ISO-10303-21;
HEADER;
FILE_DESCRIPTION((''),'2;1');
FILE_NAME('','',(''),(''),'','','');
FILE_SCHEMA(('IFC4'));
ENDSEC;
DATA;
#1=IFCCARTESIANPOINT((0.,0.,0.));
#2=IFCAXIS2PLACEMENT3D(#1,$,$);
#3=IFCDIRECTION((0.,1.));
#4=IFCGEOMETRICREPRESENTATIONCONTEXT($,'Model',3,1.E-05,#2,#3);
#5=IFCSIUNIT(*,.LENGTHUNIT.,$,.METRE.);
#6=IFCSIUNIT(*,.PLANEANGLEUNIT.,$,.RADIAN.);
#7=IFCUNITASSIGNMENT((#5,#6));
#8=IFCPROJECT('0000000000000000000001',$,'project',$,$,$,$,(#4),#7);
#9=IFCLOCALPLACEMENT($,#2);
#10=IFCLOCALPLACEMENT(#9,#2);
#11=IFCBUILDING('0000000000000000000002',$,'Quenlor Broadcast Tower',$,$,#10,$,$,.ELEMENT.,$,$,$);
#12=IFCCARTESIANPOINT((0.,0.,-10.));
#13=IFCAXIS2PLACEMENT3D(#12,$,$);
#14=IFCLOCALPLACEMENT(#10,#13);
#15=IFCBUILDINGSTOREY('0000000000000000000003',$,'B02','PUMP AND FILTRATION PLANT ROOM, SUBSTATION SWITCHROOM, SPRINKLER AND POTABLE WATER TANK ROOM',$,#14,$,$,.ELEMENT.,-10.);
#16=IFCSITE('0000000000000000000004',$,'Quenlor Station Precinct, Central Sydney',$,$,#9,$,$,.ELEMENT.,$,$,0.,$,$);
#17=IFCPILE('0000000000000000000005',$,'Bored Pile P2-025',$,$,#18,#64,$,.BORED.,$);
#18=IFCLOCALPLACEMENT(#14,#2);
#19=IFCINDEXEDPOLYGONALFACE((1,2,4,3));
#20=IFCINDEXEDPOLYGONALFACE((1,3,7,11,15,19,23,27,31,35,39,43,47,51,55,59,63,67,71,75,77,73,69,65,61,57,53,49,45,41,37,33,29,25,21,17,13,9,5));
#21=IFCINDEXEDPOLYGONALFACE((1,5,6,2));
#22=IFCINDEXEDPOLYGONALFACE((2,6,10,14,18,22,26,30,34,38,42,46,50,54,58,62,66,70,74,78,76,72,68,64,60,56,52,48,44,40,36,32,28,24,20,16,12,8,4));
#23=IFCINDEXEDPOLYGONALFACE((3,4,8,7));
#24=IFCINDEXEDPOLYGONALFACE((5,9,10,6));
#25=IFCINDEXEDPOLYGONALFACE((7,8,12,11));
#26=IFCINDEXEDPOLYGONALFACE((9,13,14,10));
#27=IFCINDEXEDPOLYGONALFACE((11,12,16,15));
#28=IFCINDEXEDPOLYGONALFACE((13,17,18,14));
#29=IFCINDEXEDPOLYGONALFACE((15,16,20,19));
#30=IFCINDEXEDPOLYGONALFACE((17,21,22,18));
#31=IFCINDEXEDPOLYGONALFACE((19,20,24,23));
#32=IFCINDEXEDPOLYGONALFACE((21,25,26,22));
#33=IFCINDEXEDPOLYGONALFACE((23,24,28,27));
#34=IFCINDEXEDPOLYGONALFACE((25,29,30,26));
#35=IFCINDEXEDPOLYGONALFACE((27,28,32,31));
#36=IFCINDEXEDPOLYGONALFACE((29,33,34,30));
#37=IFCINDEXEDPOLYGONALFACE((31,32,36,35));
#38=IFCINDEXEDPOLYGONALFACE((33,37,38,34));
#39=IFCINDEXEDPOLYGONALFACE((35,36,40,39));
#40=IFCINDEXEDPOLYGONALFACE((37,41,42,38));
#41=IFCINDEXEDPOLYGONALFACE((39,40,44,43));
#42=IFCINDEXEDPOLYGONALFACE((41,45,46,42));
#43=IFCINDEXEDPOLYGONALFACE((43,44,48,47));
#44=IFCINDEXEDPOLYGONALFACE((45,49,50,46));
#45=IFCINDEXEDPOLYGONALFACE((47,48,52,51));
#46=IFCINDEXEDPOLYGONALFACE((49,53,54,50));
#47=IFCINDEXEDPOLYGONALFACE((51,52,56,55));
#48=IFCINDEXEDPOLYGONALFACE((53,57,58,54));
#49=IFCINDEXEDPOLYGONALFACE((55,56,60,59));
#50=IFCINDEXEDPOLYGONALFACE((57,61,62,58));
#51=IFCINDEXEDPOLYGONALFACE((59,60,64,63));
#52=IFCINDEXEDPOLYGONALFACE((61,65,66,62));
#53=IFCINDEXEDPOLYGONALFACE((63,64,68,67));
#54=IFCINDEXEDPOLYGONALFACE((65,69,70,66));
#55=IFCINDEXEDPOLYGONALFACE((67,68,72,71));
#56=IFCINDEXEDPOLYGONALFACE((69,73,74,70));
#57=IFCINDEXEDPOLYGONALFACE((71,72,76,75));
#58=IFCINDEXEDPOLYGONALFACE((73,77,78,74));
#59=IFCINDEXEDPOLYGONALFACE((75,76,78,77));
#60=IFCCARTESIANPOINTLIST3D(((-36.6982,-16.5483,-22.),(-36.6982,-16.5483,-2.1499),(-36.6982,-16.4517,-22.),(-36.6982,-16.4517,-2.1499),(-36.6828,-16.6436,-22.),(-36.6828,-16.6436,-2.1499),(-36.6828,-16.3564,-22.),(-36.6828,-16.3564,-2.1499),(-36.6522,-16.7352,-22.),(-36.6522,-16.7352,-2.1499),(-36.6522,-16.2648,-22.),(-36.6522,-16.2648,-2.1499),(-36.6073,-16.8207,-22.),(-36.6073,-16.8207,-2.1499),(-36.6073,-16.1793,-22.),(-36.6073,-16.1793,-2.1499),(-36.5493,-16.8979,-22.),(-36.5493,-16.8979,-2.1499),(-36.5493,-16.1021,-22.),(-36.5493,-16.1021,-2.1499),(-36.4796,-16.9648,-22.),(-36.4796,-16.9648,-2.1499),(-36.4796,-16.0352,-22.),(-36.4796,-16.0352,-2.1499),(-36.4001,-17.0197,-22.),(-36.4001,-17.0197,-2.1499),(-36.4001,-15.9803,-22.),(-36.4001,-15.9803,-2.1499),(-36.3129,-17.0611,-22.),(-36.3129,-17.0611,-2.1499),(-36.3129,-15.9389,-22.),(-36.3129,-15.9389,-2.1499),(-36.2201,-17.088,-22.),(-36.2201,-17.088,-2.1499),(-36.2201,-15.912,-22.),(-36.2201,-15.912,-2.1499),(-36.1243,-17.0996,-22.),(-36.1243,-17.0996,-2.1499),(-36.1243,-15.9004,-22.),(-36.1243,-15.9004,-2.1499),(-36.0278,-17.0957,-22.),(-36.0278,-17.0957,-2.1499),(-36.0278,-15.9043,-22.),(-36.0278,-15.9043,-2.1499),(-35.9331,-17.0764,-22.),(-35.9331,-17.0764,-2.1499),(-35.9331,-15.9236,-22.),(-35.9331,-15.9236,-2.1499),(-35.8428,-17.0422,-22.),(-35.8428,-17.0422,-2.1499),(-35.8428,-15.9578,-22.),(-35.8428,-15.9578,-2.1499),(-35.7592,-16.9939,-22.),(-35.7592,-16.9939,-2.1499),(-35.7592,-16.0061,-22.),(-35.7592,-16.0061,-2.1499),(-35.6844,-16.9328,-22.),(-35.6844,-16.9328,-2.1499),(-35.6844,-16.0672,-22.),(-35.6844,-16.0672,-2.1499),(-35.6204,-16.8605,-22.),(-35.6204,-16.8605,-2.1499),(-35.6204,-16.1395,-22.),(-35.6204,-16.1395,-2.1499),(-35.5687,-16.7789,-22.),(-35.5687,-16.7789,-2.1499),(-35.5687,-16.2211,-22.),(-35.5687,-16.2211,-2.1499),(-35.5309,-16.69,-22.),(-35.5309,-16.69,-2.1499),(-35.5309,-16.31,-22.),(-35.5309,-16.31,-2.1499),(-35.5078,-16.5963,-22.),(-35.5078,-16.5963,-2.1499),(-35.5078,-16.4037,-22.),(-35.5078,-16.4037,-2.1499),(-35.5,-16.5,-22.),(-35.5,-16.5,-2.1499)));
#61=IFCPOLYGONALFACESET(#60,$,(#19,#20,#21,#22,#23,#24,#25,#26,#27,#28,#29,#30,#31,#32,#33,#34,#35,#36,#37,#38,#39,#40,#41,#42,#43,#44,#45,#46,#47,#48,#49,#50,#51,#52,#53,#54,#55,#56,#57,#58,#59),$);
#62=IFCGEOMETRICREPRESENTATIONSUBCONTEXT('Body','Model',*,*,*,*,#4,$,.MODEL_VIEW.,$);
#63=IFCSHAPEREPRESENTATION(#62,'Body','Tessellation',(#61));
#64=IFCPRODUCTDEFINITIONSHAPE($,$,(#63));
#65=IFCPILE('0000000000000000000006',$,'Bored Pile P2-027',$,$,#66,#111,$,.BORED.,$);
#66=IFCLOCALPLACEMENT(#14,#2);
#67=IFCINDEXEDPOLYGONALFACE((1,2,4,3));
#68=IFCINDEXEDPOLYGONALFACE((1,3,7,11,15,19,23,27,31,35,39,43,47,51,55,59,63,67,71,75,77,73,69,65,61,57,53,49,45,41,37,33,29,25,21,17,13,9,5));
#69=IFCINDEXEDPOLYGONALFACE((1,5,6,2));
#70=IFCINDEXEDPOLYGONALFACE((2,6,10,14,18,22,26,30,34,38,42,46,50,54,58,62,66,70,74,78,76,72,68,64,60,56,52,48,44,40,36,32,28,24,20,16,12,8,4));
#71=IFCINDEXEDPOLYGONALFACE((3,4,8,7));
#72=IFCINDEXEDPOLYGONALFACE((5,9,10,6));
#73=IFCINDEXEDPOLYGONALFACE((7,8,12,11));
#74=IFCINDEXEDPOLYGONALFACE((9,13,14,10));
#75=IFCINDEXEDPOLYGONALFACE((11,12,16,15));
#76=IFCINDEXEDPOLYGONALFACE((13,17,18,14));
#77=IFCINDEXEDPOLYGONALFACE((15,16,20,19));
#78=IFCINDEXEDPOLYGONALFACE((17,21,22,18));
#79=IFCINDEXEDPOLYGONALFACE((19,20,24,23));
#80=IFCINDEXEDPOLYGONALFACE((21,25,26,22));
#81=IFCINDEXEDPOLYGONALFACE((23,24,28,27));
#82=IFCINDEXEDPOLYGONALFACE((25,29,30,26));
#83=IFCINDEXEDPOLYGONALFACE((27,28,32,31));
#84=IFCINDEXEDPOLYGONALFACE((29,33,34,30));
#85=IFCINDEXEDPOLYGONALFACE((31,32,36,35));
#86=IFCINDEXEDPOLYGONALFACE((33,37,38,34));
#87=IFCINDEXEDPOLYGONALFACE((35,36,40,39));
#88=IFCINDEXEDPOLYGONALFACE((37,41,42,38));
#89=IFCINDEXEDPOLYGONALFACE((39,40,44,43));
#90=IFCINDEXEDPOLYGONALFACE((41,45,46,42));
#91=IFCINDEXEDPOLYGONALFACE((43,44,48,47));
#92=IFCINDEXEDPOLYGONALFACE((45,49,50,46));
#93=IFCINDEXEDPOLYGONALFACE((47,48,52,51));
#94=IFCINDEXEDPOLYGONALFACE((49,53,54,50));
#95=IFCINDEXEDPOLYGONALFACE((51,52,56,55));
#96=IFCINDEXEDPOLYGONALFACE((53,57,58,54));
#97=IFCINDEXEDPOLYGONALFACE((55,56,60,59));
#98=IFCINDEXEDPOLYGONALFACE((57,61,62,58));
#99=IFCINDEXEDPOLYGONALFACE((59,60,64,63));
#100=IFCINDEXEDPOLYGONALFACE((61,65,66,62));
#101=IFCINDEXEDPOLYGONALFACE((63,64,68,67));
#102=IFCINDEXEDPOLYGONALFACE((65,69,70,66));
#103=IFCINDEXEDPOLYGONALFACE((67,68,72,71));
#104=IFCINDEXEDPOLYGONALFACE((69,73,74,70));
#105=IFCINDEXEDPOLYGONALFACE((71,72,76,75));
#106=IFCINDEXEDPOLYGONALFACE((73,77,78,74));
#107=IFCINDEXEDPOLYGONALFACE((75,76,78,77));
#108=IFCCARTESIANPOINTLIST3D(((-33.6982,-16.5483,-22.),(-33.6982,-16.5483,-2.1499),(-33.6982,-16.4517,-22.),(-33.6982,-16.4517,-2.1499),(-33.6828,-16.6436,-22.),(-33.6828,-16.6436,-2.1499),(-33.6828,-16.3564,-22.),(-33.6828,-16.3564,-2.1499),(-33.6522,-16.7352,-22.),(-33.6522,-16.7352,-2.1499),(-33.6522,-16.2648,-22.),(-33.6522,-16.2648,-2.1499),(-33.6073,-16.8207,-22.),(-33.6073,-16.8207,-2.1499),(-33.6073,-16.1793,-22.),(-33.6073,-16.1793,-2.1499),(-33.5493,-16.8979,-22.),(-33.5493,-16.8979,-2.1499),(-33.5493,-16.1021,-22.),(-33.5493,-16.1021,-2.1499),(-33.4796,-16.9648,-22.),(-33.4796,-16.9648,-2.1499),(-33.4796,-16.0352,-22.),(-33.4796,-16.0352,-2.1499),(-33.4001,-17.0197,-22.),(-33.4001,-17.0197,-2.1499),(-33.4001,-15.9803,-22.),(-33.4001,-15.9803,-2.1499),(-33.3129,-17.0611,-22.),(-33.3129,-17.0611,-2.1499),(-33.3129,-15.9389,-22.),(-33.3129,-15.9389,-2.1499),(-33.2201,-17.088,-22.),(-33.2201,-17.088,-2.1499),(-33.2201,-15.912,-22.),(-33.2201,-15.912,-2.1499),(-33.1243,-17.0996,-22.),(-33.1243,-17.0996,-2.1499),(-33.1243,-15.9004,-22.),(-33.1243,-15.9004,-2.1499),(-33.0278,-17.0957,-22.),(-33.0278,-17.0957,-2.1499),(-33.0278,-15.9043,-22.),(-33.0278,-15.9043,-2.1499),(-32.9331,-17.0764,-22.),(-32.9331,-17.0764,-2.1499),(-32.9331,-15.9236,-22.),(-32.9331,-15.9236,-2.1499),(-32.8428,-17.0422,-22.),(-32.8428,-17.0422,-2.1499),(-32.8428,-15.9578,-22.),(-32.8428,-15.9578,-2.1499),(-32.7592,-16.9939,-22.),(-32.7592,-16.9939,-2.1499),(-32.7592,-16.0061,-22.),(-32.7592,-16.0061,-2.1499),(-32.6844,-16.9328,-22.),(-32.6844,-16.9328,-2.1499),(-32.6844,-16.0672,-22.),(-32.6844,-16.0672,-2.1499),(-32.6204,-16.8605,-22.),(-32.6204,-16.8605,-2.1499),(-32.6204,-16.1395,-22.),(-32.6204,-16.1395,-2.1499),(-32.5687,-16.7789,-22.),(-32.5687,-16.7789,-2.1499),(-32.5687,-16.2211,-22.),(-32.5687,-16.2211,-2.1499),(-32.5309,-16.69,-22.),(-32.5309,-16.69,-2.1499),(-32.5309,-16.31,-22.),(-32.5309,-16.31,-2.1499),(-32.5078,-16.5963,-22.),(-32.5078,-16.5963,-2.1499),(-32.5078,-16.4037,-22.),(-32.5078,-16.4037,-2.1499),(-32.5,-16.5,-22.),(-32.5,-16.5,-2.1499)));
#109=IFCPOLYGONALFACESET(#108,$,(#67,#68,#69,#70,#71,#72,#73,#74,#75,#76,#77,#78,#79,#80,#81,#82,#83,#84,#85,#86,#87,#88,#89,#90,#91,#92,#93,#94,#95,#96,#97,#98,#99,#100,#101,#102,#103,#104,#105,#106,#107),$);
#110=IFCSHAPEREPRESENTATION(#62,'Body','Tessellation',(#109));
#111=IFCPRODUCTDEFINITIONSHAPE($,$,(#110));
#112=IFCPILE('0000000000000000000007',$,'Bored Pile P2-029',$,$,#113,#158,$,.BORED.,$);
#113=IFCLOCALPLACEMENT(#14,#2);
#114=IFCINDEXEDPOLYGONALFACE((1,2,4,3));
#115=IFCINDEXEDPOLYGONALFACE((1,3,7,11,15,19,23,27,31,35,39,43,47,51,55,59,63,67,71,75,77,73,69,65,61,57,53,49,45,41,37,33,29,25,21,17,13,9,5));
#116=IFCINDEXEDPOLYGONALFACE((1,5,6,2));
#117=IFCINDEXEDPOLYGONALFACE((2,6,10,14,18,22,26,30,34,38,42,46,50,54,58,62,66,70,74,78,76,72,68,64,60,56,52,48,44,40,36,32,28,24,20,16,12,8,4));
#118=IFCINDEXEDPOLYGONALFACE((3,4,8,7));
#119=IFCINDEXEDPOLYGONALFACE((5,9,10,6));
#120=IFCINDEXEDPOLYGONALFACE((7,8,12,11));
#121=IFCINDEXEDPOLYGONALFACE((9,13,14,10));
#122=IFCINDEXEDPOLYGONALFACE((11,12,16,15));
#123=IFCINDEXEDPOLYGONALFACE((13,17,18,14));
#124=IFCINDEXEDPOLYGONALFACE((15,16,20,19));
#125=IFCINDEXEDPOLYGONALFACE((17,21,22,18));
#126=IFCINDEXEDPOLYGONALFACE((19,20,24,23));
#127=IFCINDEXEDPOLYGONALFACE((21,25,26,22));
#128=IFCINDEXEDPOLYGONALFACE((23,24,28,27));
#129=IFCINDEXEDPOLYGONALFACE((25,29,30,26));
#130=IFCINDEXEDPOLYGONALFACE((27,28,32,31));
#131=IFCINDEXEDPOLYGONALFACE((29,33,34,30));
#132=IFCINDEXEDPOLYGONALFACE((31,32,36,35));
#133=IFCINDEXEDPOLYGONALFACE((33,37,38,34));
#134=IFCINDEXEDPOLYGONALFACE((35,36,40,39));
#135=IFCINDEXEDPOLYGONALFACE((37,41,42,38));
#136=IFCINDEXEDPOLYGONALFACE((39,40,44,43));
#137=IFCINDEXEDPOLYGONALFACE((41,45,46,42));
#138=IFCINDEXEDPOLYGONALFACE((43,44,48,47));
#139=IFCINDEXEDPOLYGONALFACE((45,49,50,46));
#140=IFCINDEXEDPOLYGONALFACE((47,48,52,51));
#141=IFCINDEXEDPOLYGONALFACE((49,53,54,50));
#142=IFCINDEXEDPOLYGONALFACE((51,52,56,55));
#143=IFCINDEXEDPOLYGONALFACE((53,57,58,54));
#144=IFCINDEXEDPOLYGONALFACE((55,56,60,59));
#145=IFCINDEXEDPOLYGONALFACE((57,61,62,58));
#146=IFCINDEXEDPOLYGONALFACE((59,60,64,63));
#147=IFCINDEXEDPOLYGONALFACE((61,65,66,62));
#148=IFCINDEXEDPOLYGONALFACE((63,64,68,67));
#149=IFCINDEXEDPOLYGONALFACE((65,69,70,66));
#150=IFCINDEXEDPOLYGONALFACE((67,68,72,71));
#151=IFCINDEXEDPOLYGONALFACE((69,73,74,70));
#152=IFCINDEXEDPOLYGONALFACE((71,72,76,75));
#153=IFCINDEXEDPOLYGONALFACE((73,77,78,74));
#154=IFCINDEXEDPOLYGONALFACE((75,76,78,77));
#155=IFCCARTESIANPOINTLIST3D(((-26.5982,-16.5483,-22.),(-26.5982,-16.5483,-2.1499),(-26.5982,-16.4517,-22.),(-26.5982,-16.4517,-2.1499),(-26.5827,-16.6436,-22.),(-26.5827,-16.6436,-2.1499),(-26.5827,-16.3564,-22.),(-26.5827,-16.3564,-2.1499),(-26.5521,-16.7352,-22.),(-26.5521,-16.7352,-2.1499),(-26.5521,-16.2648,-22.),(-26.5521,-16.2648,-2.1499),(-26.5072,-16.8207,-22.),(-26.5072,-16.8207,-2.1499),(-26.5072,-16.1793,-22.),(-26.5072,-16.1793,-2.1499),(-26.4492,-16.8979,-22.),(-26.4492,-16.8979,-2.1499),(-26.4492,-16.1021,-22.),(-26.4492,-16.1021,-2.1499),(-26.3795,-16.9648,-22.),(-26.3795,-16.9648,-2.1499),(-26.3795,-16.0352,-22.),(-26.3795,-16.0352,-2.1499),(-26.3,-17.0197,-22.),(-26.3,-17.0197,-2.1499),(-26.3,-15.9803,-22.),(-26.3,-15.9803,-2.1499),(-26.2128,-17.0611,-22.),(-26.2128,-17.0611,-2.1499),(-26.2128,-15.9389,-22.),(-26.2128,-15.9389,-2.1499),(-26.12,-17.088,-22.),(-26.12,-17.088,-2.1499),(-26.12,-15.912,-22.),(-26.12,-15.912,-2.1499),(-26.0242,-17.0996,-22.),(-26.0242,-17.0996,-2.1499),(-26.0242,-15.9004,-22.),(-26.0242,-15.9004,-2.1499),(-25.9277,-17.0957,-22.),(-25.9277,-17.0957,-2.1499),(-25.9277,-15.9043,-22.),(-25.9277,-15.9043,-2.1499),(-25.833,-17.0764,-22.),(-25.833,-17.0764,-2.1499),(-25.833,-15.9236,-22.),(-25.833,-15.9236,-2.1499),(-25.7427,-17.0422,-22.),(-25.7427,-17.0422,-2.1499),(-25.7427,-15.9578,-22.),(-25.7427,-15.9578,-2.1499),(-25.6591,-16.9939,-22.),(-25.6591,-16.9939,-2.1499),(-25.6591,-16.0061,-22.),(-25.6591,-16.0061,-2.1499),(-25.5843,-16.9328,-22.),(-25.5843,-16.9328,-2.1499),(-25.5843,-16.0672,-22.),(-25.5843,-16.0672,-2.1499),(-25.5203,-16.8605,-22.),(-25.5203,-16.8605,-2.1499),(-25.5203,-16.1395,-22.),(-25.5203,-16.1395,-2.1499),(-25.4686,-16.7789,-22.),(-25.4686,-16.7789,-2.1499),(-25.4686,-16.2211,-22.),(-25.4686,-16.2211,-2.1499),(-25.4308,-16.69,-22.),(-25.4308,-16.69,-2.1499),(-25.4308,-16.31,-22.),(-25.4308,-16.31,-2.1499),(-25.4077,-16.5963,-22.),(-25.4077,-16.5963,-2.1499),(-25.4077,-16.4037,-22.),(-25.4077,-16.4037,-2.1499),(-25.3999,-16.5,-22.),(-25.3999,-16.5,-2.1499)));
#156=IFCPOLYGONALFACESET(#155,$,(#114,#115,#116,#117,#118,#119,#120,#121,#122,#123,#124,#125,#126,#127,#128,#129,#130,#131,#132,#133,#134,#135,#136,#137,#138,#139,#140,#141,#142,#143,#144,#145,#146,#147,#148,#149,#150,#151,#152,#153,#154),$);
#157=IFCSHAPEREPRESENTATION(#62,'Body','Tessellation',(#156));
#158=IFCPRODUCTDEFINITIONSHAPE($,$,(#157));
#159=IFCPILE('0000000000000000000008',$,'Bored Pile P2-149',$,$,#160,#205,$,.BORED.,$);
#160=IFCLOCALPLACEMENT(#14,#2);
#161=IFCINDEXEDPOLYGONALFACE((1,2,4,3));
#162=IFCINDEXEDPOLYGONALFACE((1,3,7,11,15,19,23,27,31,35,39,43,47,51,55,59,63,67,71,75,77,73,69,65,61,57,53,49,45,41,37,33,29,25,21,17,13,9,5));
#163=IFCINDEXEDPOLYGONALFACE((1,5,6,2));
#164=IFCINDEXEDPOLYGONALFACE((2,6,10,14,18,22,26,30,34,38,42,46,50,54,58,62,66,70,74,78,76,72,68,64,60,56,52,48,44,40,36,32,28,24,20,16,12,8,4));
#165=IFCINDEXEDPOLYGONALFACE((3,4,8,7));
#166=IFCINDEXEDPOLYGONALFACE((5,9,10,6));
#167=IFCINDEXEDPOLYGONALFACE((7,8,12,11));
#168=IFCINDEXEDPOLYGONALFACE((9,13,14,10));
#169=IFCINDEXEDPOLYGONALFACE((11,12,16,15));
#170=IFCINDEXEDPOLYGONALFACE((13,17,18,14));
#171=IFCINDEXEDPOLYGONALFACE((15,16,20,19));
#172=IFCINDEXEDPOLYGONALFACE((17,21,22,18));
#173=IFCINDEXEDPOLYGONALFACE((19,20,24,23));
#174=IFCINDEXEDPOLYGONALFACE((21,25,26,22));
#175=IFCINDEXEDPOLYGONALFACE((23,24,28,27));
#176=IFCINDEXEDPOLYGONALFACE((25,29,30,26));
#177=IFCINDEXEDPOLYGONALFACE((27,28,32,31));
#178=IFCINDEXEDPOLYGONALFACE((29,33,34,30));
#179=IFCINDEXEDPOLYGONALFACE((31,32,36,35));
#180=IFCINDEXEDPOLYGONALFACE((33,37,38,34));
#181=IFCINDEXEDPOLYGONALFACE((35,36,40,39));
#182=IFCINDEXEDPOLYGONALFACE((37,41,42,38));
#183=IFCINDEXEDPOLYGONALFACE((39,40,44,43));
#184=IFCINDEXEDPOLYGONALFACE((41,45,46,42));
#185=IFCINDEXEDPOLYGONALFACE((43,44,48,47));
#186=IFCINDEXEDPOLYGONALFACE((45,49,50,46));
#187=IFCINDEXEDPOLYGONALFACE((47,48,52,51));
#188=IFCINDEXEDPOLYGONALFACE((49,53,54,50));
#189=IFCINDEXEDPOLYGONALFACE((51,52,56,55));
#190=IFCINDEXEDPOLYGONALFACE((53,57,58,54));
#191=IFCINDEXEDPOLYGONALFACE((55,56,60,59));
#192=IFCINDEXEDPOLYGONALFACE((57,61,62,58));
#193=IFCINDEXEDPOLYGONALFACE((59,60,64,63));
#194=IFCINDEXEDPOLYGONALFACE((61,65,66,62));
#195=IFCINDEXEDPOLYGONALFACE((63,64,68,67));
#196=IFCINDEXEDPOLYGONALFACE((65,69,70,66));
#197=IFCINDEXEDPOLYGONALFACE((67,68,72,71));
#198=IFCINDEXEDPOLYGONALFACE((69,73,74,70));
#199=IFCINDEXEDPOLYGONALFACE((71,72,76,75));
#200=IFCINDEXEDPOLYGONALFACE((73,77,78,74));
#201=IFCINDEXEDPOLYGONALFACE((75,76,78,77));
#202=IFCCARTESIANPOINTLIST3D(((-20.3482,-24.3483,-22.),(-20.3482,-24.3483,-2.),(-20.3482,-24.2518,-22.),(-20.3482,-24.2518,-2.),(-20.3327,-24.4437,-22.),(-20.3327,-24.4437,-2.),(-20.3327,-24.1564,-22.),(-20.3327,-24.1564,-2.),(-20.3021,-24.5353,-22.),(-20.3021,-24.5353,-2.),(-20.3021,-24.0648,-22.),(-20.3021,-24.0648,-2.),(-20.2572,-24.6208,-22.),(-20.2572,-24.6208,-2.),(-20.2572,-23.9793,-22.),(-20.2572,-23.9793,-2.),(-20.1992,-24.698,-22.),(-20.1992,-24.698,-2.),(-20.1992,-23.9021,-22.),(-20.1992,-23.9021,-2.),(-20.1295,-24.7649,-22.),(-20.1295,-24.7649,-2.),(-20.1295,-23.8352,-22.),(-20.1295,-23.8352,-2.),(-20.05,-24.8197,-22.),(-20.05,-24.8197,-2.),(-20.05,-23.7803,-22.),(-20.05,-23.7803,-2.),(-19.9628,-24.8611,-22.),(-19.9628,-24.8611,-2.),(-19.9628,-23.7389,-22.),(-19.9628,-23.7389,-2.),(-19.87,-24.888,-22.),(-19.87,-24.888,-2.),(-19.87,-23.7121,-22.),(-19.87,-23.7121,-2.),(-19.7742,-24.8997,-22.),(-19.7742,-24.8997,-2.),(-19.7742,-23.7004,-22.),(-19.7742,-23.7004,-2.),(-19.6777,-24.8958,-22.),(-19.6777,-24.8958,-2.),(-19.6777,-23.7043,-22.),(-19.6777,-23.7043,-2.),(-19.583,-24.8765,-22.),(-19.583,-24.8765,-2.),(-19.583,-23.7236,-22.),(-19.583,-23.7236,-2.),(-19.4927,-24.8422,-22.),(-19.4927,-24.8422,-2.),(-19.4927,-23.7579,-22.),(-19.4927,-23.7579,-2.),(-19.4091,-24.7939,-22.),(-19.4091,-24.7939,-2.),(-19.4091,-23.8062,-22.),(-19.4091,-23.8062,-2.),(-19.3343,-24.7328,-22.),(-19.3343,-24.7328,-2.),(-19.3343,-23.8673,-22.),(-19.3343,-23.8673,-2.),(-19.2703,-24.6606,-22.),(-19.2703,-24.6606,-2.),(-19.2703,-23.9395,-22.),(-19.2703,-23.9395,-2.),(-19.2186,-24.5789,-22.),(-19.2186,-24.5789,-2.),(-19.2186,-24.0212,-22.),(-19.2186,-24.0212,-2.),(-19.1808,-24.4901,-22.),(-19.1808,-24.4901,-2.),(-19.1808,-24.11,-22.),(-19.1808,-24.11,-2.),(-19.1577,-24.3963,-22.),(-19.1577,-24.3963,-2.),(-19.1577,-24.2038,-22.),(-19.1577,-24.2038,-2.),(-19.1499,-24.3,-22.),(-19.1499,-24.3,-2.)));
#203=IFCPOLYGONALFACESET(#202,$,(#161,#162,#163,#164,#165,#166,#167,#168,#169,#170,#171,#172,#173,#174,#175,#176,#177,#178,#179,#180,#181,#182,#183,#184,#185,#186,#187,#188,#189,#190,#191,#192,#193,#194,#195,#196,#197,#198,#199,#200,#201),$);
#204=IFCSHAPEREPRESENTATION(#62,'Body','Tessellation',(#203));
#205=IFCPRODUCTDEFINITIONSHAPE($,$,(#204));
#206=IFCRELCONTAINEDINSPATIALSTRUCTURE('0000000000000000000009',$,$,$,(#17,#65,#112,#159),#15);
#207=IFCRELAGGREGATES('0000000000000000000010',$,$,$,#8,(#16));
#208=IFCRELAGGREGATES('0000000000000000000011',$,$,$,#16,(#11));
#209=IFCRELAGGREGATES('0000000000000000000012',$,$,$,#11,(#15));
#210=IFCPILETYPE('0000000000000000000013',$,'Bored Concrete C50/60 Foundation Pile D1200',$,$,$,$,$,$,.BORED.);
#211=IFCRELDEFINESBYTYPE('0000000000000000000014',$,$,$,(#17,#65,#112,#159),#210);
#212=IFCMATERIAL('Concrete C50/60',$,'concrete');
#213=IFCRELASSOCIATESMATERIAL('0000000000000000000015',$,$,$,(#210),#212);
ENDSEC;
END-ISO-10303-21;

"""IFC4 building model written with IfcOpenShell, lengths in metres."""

from ifc_helpers import new_model, si_unit, direction, frame, origin, origin_2d, place, context, subcontext, project, spatial, circle, extrude, material, material_profile, profile_set, type_object, element, save


model = new_model("IFC4")

# Units and contexts
model_context = context("Model", 3, precision=1e-05, world=origin(), true_north=direction((0.0, 1.0)))
body_context = subcontext(model_context, "Body", "Model", "MODEL_VIEW")
ifc_project = project(units=[si_unit("LENGTHUNIT", "METRE"), si_unit("PLANEANGLEUNIT", "RADIAN")], contexts=[model_context])

# Site, building, storey
site_placement = place(None, origin())
site = spatial("IfcSite", under=ifc_project, at=site_placement, Name="Quenlor Station Precinct, Central Sydney", CompositionType="ELEMENT", RefElevation=0.0)
building_placement = place(site_placement, origin())
building = spatial("IfcBuilding", under=site, at=building_placement, Name="Quenlor Broadcast Tower", CompositionType="ELEMENT")
storey_placement = place(building_placement, frame((0.0, 0.0, -10.0)))
storey = spatial("IfcBuildingStorey", under=building, at=storey_placement, Name="B02", Description="PUMP AND FILTRATION PLANT ROOM, SUBSTATION SWITCHROOM, SPRINKLER AND POTABLE WATER TANK ROOM", CompositionType="ELEMENT", Elevation=-10.0)

# Piles
ifc_material_1 = material(Name="Concrete C50/60", Category="concrete")
ifc_material_profile_1 = material_profile(ifc_material_1, circle(Radius=0.6001, at=origin_2d()))
ifc_profile_set_1 = profile_set([ifc_material_profile_1], Name="Concrete C50/60 PILE1200")
pile_type = type_object("IfcPileType", Name="Bored Concrete C50/60 Foundation Pile D1200", PredefinedType="BORED", material=ifc_profile_set_1)
for number, where, z_axis, x_axis, name in (
    (1, (-36.1001, -16.5, -2.1499), (0.0, 0.0, -1.0), (1.0, 0.0, 0.0), "Bored Pile P2-025"),
    (2, (-33.1001, -16.5, -2.1499), (0.0, 0.0, -1.0), (1.0, 0.0, 0.0), "Bored Pile P2-027"),
    (3, (-26.0, -16.5, -2.1499), (0.0, 0.0, -1.0), (1.0, 0.0, 0.0), "Bored Pile P2-029"),
):
    element("IfcPile", number, at=place(storey_placement, frame(where, z_axis=z_axis, x_axis=x_axis)), inside=storey, type_object=pile_type, Name=name, PredefinedType="BORED", context=body_context, shape_type="SweptSolid", body=[
        extrude(circle(Radius=0.6001, at=origin_2d()), origin(), (0.0, 0.0, 1.0), 19.8501),
    ])
for number, where, z_axis, x_axis, name in (
    (4, (-19.75, -24.3, -2.0), (0.0, 0.0, -1.0), (1.0, 0.0, 0.0), "Bored Pile P2-149"),
):
    element("IfcPile", number, at=place(storey_placement, frame(where, z_axis=z_axis, x_axis=x_axis)), inside=storey, type_object=pile_type, Name=name, PredefinedType="BORED", context=body_context, shape_type="SweptSolid", body=[
        extrude(circle(Radius=0.6001, at=origin_2d()), origin(), (0.0, 0.0, 1.0), 20.0),
    ])

save(model, "model.ifc")
